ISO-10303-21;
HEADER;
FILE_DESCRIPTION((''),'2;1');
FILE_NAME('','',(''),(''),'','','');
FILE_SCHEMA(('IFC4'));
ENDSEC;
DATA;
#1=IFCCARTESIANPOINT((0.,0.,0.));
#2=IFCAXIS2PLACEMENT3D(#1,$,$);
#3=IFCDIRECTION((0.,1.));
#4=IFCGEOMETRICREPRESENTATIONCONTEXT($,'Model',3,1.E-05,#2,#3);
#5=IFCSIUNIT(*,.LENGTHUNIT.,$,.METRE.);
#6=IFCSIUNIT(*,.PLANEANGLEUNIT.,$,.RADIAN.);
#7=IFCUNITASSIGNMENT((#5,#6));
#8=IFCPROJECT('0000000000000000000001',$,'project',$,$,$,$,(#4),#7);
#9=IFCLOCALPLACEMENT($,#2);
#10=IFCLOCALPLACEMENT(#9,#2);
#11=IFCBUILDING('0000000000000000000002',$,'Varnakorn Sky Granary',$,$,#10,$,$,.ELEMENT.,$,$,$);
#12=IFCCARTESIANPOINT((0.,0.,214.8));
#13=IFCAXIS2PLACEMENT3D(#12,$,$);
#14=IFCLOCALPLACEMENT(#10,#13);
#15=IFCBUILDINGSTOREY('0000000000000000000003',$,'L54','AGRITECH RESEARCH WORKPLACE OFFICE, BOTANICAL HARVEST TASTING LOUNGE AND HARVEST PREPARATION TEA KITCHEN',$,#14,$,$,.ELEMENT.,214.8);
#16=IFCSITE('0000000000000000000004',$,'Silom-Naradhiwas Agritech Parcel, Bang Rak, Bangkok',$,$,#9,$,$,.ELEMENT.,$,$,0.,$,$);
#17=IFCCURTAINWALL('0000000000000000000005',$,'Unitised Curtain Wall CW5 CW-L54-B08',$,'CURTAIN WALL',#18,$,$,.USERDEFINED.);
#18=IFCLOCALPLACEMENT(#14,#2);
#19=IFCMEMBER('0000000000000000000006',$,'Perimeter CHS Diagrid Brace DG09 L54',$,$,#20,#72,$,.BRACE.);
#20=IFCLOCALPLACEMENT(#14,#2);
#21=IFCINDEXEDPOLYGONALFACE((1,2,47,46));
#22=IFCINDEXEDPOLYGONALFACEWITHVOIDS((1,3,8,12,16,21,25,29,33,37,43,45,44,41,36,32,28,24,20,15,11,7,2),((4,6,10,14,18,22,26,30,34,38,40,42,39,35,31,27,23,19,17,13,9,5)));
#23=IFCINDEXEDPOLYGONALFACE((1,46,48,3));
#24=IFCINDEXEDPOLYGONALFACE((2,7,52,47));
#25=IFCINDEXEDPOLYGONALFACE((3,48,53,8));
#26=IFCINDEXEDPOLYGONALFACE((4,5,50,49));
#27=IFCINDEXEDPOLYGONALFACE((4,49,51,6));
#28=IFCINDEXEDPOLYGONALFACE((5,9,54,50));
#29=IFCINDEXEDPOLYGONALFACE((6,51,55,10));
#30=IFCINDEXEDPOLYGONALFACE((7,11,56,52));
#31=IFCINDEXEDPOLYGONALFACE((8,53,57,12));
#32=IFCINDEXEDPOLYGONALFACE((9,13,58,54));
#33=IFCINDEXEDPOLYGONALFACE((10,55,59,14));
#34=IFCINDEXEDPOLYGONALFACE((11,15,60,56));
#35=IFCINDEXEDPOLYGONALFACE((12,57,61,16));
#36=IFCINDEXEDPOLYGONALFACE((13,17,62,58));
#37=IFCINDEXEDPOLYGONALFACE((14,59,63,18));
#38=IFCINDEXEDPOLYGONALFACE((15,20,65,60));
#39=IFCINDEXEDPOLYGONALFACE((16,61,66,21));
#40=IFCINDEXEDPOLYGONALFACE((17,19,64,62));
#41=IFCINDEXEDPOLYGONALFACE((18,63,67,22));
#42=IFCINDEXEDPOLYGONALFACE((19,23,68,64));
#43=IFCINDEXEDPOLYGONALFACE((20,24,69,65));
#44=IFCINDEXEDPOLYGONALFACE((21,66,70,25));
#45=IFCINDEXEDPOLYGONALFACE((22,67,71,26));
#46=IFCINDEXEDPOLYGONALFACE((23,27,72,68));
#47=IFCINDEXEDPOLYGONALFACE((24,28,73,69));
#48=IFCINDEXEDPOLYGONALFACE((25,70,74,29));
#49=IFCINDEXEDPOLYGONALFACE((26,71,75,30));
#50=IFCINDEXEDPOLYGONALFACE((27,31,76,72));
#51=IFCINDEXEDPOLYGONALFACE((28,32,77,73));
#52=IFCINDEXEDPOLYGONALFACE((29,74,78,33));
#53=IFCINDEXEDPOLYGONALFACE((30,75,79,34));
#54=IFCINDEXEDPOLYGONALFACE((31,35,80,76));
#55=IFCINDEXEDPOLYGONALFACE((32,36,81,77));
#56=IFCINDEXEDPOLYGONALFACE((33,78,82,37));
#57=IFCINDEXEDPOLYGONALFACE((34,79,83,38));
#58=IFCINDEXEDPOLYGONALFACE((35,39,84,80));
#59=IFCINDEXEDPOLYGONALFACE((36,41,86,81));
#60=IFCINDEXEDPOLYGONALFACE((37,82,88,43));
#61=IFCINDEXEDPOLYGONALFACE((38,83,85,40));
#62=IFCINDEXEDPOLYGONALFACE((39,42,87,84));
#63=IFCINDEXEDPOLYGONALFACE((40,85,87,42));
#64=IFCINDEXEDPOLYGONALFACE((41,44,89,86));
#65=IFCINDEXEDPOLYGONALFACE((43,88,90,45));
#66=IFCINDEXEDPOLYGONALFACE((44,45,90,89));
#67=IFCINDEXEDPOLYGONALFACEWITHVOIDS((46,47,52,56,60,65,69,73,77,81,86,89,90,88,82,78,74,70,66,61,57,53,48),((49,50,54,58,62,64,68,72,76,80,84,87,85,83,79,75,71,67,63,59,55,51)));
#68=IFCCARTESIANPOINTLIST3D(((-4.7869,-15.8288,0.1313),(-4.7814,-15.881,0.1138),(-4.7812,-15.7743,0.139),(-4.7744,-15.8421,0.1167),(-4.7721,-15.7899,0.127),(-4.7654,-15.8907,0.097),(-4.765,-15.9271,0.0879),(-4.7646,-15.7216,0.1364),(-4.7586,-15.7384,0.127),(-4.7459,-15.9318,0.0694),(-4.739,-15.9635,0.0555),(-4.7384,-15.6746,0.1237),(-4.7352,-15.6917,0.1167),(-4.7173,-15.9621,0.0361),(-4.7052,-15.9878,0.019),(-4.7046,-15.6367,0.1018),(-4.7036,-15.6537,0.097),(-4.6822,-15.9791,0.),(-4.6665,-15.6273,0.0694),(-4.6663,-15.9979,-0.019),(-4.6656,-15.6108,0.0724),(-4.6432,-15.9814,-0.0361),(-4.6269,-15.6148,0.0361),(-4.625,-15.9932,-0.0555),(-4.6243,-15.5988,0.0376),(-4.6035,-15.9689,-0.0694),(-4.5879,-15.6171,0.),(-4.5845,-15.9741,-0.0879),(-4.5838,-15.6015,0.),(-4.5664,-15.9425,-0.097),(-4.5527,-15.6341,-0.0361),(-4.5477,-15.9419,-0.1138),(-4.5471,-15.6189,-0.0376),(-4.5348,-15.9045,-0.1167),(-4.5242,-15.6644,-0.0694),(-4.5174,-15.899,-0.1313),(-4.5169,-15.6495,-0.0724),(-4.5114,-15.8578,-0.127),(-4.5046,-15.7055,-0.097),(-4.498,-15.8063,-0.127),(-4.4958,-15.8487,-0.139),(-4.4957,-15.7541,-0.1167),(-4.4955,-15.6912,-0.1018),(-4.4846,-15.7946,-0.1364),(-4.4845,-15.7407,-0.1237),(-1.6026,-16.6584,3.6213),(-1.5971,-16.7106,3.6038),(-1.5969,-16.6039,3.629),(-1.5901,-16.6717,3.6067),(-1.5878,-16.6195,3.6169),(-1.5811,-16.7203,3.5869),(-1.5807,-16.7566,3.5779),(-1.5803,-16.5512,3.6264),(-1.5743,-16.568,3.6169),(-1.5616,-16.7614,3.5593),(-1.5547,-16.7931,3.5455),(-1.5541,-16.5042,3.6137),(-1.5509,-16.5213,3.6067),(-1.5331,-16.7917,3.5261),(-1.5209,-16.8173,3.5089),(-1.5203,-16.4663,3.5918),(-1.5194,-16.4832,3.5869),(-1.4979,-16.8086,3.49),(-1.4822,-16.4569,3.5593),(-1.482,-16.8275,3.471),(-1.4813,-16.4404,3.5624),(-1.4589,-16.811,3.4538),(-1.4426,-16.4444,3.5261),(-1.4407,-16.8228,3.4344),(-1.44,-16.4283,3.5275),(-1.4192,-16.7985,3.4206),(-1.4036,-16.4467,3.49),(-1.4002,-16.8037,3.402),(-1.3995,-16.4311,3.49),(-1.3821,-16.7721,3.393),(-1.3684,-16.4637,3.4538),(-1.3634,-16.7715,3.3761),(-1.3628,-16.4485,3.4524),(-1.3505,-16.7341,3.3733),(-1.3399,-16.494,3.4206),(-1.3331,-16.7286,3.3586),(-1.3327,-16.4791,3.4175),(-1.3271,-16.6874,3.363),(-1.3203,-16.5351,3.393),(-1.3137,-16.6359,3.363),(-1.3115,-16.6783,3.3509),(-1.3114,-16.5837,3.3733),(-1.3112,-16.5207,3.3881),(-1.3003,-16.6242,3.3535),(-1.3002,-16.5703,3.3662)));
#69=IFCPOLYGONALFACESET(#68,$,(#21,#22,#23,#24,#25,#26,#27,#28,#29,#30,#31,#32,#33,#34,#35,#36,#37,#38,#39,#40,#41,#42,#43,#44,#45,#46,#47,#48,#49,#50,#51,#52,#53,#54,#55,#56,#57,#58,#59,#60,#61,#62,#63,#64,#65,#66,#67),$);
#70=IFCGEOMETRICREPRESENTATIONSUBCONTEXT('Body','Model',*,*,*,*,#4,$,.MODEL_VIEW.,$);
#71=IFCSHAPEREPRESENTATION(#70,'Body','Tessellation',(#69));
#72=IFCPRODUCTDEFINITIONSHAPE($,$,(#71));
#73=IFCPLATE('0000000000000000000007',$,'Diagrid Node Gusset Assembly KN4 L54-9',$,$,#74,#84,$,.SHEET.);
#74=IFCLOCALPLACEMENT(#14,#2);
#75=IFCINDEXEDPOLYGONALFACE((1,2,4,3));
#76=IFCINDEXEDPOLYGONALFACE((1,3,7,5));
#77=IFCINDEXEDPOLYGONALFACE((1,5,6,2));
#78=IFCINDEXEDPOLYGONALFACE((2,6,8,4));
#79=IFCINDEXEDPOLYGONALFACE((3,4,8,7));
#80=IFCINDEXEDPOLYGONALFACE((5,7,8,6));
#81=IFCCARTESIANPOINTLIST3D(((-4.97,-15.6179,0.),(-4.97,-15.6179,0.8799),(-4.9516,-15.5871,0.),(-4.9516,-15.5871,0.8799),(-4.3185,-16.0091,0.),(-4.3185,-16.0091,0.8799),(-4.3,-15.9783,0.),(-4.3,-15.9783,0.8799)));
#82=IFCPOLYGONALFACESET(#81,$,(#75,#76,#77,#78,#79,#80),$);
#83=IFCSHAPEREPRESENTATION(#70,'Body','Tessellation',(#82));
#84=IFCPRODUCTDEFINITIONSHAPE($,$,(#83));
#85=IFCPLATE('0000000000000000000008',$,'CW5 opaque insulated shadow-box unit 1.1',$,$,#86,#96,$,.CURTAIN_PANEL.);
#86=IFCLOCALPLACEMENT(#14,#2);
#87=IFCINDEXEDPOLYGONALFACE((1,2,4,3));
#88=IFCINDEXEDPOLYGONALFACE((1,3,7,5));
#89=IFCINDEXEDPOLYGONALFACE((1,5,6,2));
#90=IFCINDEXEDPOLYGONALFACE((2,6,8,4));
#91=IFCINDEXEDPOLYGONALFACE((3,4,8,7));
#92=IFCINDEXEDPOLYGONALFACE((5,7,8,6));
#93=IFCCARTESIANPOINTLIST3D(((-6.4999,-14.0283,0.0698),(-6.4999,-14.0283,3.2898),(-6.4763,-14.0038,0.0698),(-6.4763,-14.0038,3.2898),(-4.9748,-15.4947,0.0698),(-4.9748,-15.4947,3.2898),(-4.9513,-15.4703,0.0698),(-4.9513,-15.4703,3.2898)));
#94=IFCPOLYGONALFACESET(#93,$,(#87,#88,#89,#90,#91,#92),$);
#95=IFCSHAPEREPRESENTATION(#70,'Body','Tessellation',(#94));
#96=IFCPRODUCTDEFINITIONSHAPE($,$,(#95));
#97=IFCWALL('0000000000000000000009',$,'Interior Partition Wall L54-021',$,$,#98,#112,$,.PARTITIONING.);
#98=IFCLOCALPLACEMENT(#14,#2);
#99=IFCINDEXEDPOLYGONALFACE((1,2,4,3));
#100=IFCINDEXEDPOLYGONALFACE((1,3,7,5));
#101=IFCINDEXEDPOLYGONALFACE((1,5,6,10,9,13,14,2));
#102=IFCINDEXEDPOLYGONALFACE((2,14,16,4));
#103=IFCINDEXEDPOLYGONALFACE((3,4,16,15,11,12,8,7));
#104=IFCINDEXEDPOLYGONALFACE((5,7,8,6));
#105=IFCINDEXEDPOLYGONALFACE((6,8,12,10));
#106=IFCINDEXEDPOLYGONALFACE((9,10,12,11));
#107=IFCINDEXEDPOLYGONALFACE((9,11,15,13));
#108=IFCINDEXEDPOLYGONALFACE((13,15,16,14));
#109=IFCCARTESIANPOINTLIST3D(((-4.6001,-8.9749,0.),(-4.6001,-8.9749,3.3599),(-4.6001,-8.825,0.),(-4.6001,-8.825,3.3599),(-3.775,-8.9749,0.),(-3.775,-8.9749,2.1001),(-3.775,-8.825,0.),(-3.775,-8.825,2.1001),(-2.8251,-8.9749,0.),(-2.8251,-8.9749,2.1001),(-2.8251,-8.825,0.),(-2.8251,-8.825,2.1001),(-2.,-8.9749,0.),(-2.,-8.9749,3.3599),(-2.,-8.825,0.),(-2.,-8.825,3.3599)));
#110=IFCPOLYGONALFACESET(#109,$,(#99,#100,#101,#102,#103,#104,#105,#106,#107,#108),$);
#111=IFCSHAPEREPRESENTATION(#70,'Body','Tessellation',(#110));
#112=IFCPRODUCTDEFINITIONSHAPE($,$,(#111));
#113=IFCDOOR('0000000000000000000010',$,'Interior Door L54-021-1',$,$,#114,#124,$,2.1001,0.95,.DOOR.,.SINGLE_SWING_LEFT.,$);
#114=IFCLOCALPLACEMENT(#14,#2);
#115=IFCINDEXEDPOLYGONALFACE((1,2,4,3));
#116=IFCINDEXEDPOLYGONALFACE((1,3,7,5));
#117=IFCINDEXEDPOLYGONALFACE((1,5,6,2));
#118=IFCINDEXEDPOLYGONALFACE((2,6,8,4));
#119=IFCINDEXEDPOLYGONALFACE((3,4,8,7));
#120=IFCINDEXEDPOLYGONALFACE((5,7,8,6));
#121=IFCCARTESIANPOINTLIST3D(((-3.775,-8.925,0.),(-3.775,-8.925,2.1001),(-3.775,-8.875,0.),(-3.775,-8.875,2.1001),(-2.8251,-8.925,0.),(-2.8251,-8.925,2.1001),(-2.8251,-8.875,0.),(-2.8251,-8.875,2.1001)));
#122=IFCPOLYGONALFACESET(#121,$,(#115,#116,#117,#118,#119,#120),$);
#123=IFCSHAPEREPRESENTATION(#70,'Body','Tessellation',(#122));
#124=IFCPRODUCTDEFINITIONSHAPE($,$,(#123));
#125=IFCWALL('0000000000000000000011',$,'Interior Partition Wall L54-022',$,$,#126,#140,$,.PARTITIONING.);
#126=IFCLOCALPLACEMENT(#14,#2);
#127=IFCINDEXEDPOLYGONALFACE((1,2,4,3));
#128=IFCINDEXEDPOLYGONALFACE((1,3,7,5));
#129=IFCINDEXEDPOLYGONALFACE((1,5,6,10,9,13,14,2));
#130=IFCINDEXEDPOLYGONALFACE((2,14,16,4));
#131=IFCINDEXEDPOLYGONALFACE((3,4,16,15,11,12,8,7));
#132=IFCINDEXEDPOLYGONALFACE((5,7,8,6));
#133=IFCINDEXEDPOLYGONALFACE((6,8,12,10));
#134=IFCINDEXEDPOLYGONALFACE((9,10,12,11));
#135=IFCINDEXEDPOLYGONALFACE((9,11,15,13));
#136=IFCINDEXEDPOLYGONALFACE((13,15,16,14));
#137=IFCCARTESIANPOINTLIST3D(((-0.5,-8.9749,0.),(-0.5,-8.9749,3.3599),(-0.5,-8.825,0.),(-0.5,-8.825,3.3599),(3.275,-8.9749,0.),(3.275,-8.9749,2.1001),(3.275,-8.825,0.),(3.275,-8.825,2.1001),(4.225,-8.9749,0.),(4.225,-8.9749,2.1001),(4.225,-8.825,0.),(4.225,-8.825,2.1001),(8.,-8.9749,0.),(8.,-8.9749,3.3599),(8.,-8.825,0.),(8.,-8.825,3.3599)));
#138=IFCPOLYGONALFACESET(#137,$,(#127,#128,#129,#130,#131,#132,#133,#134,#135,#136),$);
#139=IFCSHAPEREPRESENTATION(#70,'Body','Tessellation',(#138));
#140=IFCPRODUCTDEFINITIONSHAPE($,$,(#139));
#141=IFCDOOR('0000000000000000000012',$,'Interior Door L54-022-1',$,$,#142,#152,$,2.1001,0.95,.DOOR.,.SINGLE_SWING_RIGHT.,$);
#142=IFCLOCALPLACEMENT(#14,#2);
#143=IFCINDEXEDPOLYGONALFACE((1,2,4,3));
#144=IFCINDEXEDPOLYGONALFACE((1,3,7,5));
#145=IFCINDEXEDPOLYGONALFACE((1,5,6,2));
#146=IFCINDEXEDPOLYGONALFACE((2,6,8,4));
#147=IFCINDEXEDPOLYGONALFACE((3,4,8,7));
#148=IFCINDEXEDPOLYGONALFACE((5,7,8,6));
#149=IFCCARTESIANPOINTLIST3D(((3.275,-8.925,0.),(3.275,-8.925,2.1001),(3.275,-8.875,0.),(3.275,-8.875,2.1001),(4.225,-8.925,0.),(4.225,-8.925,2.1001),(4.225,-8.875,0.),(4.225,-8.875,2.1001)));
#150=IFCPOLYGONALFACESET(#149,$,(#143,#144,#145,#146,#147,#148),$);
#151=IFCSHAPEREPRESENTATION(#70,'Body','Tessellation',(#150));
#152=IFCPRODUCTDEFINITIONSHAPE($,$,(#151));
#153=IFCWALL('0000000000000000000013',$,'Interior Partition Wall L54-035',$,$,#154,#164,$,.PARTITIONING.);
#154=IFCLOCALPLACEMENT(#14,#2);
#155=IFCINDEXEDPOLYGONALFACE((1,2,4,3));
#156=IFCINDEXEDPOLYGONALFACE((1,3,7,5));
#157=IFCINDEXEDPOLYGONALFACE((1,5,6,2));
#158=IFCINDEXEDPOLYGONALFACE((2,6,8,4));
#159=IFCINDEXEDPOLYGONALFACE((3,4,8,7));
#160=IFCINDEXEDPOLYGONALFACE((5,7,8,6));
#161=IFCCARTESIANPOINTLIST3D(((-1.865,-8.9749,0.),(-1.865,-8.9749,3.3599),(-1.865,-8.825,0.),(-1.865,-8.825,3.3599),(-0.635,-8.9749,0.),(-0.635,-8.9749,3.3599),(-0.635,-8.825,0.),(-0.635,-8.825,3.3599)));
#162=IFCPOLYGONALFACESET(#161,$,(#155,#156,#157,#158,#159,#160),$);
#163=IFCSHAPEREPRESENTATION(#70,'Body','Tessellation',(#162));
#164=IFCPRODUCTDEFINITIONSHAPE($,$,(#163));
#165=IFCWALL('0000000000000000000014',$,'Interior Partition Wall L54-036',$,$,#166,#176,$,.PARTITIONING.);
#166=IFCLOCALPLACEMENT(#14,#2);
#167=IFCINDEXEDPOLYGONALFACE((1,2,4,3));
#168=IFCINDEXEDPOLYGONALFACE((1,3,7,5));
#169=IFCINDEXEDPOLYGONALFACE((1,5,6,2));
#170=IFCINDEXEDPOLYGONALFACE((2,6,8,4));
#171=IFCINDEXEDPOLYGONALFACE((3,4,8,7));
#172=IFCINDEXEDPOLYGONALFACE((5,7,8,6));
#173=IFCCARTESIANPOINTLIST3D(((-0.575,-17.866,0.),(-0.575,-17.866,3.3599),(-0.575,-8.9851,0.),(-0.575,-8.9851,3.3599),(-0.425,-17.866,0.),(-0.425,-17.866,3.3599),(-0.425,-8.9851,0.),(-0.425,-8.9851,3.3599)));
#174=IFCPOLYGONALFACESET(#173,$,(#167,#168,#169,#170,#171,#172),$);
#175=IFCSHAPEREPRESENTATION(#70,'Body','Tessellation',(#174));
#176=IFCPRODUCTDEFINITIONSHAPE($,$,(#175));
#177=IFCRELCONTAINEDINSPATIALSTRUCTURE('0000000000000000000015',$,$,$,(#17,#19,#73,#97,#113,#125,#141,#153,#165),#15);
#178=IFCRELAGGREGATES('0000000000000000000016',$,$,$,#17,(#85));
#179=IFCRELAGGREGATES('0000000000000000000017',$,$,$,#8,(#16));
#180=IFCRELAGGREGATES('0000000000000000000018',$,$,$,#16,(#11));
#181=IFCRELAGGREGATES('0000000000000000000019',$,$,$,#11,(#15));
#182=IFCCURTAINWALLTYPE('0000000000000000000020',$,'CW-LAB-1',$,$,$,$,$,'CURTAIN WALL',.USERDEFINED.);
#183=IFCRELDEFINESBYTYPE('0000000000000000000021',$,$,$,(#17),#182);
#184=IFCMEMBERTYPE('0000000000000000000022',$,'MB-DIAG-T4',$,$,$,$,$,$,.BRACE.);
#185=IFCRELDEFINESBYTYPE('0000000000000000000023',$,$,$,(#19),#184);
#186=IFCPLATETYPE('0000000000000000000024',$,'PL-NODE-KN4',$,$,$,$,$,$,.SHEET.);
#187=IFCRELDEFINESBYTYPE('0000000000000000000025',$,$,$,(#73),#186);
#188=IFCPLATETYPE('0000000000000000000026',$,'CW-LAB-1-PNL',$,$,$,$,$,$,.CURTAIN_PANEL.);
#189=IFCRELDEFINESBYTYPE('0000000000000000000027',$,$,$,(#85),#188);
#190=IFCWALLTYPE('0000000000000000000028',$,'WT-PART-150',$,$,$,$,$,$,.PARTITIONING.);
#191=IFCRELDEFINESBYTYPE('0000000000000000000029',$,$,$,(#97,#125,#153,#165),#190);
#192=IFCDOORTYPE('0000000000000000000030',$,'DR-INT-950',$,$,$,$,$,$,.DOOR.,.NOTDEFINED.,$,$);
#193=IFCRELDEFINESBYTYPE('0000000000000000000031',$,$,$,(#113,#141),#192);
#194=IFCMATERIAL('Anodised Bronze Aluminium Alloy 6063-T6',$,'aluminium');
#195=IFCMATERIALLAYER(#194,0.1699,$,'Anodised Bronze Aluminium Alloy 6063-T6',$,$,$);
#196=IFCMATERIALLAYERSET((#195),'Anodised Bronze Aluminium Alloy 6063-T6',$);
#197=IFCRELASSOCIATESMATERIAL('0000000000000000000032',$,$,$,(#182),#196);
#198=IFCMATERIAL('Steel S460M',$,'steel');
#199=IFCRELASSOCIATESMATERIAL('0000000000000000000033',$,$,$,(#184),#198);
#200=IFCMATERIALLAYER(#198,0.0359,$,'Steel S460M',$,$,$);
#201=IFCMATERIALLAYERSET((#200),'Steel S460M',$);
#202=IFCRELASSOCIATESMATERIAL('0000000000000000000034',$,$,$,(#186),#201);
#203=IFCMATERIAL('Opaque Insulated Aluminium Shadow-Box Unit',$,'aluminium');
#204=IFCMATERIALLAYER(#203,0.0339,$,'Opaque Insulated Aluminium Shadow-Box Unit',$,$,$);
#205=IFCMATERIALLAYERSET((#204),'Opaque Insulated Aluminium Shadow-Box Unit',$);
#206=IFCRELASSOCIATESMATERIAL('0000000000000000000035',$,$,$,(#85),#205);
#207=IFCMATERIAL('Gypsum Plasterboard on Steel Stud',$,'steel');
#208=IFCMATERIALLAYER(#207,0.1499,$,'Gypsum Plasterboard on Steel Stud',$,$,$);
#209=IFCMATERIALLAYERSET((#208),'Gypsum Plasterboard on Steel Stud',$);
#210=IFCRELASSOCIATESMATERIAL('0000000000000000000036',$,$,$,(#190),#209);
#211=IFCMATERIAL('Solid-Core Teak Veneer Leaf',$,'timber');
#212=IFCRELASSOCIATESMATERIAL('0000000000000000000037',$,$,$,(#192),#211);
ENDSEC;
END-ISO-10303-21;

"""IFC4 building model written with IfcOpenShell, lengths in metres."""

from ifc_helpers import new_model, si_unit, direction, frame, frame_2d, origin, origin_2d, place, context, subcontext, project, spatial, rectangle, hollow_circle, extrude, source, transform, mapped, material, layer, layer_set, material_profile, profile_set, type_object, type_shapes, element, fill, aggregate, save


model = new_model("IFC4")

# Units and contexts
model_context = context("Model", 3, precision=1e-05, world=origin(), true_north=direction((0.0, 1.0)))
body_context = subcontext(model_context, "Body", "Model", "MODEL_VIEW")
ifc_project = project(units=[si_unit("LENGTHUNIT", "METRE"), si_unit("PLANEANGLEUNIT", "RADIAN")], contexts=[model_context])

# Site, building, storey
site_placement = place(None, origin())
site = spatial("IfcSite", under=ifc_project, at=site_placement, Name="Silom-Naradhiwas Agritech Parcel, Bang Rak, Bangkok", CompositionType="ELEMENT", RefElevation=0.0)
building_placement = place(site_placement, origin())
building = spatial("IfcBuilding", under=site, at=building_placement, Name="Varnakorn Sky Granary", CompositionType="ELEMENT")
storey_placement = place(building_placement, frame((0.0, 0.0, 214.8)))
storey = spatial("IfcBuildingStorey", under=building, at=storey_placement, Name="L54", Description="AGRITECH RESEARCH WORKPLACE OFFICE, BOTANICAL HARVEST TASTING LOUNGE AND HARVEST PREPARATION TEA KITCHEN", CompositionType="ELEMENT", Elevation=214.8)

# Shared definitions
ifc_material_1 = material(Name="Steel S460M", Category="steel")

# Curtain wall
ifc_material_2 = material(Name="Anodised Bronze Aluminium Alloy 6063-T6", Category="aluminium")
ifc_layer_1 = layer(ifc_material_2, 0.1699, Name="Anodised Bronze Aluminium Alloy 6063-T6")
ifc_layer_set_1 = layer_set([ifc_layer_1], Name="Anodised Bronze Aluminium Alloy 6063-T6")
curtain_wall_type = type_object("IfcCurtainWallType", Name="CW-LAB-1", ElementType="CURTAIN WALL", PredefinedType="USERDEFINED", material=ifc_layer_set_1)
curtain_wall_placement = place(storey_placement, origin())
curtain_wall = element("IfcCurtainWall", 1, at=curtain_wall_placement, inside=storey, type_object=curtain_wall_type, Name="Unitised Curtain Wall CW5 CW-L54-B08", ObjectType="CURTAIN WALL", PredefinedType="USERDEFINED")

# Member
ifc_material_profile_1 = material_profile(ifc_material_1, hollow_circle(Radius=0.2031, WallThickness=0.0161, at=origin_2d()), Name="CHS 406.4x16")
ifc_profile_set_1 = profile_set([ifc_material_profile_1], Name="Steel S460M")
member_type_1 = type_object("IfcMemberType", Name="MB-DIAG-T4", PredefinedType="BRACE", material=ifc_profile_set_1)
member_1_placement = place(storey_placement, frame((-4.635, -15.7981, 0.0), z_axis=(0.66386, -0.172951, 0.727584), x_axis=(0.252108, 0.967699, 0.0)))
element("IfcMember", 2, at=member_1_placement, inside=storey, type_object=member_type_1, Name="Perimeter CHS Diagrid Brace DG09 L54", PredefinedType="BRACE", context=body_context, shape_type="SweptSolid", body=[
    extrude(hollow_circle(Radius=0.2031, WallThickness=0.0161, at=origin_2d()), origin(), (0.0, 0.0, 1.0), 4.7966),
])

# Plates
ifc_layer_2 = layer(ifc_material_1, 0.0359, Name="Steel S460M")
ifc_layer_set_2 = layer_set([ifc_layer_2], Name="Steel S460M")
plate_type_1 = type_object("IfcPlateType", Name="PL-NODE-KN4", PredefinedType="SHEET", material=ifc_layer_set_2)
plate_1_placement = place(storey_placement, frame((-4.635, -15.7981, 0.0), z_axis=(0.0, 0.0, 1.0), x_axis=(0.857344, -0.514743, 0.0)))
element("IfcPlate", 3, at=plate_1_placement, inside=storey, type_object=plate_type_1, Name="Diagrid Node Gusset Assembly KN4 L54-9", PredefinedType="SHEET", context=body_context, shape_type="SweptSolid", body=[
    extrude(rectangle(XDim=0.76, YDim=0.0359, at=origin_2d()), origin(), (0.0, 0.0, 1.0), 0.8799),
])
ifc_material_3 = material(Name="Opaque Insulated Aluminium Shadow-Box Unit", Category="aluminium")
ifc_layer_3 = layer(ifc_material_3, 0.0339, Name="Opaque Insulated Aluminium Shadow-Box Unit")
ifc_layer_set_3 = layer_set([ifc_layer_3], Name="Opaque Insulated Aluminium Shadow-Box Unit")
plate_type_2 = type_object("IfcPlateType", Name="CW-LAB-1-PNL", PredefinedType="CURTAIN_PANEL")
shared_shape_1 = source(origin(), body_context, "Body", "SweptSolid", [
    extrude(rectangle(XDim=2.1157, YDim=0.0339, at=origin_2d()), origin(), (0.0, 0.0, 1.0), 3.22),
])
type_shapes(plate_type_2, [shared_shape_1])
plate_2_placement = place(storey_placement, frame((-5.7256, -14.7493, 0.0698), z_axis=(0.0, 0.0, 1.0), x_axis=(-0.720803, 0.69314, 0.0)))
plate_2 = element("IfcPlate", 4, at=plate_2_placement, type_object=plate_type_2, material=ifc_layer_set_3, Name="CW5 opaque insulated shadow-box unit 1.1", PredefinedType="CURTAIN_PANEL", context=body_context, shape_type="MappedRepresentation", body=[
    mapped(shared_shape_1, transform((0.0, 0.0, 0.0), x_axis=(1.0, 0.0, 0.0), y_axis=(0.0, 1.0, 0.0), z_axis=(0.0, 0.0, 1.0), scale=1.0)),
])
aggregate(curtain_wall, [plate_2])

# Walls, openings, doors
ifc_material_4 = material(Name="Gypsum Plasterboard on Steel Stud", Category="steel")
ifc_layer_4 = layer(ifc_material_4, 0.1499, Name="Gypsum Plasterboard on Steel Stud")
ifc_layer_set_4 = layer_set([ifc_layer_4], Name="Gypsum Plasterboard on Steel Stud")
wall_type_1 = type_object("IfcWallType", Name="WT-PART-150", PredefinedType="PARTITIONING", material=ifc_layer_set_4)
wall_1_placement = place(storey_placement, frame((-4.6001, -8.8999, 0.0), z_axis=(0.0, 0.0, 1.0), x_axis=(1.0, 0.0, 0.0)))
wall_1 = element("IfcWall", 5, at=wall_1_placement, inside=storey, type_object=wall_type_1, Name="Interior Partition Wall L54-021", PredefinedType="PARTITIONING", context=body_context, shape_type="SweptSolid", body=[
    extrude(rectangle(XDim=2.6001, YDim=0.1499, at=frame_2d((1.3, 0.0))), origin(), (0.0, 0.0, 1.0), 3.3599),
])
opening_1_placement = place(wall_1_placement, frame((0.825, 0.0, 0.0)))
opening_1 = element("IfcOpeningElement", 6, at=opening_1_placement, cuts=wall_1, PredefinedType="OPENING", context=body_context, shape_type="SweptSolid", body=[
    extrude(rectangle(XDim=0.95, YDim=2.1001, at=frame_2d((0.4751, 1.05))), frame((0.0, 0.085, 0.0), z_axis=(0.0, -1.0, 0.0), x_axis=(1.0, 0.0, 0.0)), (0.0, 0.0, 1.0), 0.1699),
])
ifc_material_5 = material(Name="Solid-Core Teak Veneer Leaf", Category="timber")
door_type = type_object("IfcDoorType", Name="DR-INT-950", OperationType="NOTDEFINED", PredefinedType="DOOR", material=ifc_material_5)
door_1_placement = place(opening_1_placement, origin())
door_1 = element("IfcDoor", 7, at=door_1_placement, inside=storey, type_object=door_type, Name="Interior Door L54-021-1", OperationType="SINGLE_SWING_LEFT", OverallHeight=2.1001, OverallWidth=0.95, PredefinedType="DOOR", context=body_context, shape_type="SweptSolid", body=[
    extrude(rectangle(XDim=0.95, YDim=2.1001, at=frame_2d((0.4751, 1.05))), frame((0.0, 0.0249, 0.0), z_axis=(0.0, -1.0, 0.0), x_axis=(1.0, 0.0, 0.0)), (0.0, 0.0, 1.0), 0.05),
])
fill(opening_1, door_1)
wall_2_placement = place(storey_placement, frame((-0.5, -8.8999, 0.0), z_axis=(0.0, 0.0, 1.0), x_axis=(1.0, 0.0, 0.0)))
wall_2 = element("IfcWall", 8, at=wall_2_placement, inside=storey, type_object=wall_type_1, Name="Interior Partition Wall L54-022", PredefinedType="PARTITIONING", context=body_context, shape_type="SweptSolid", body=[
    extrude(rectangle(XDim=8.5, YDim=0.1499, at=frame_2d((4.25, 0.0))), origin(), (0.0, 0.0, 1.0), 3.3599),
])
opening_2_placement = place(wall_2_placement, frame((3.7749, 0.0, 0.0)))
opening_2 = element("IfcOpeningElement", 9, at=opening_2_placement, cuts=wall_2, PredefinedType="OPENING", context=body_context, shape_type="SweptSolid", body=[
    extrude(rectangle(XDim=0.95, YDim=2.1001, at=frame_2d((0.4751, 1.05))), frame((0.0, 0.085, 0.0), z_axis=(0.0, -1.0, 0.0), x_axis=(1.0, 0.0, 0.0)), (0.0, 0.0, 1.0), 0.1699),
])
door_2_placement = place(opening_2_placement, origin())
door_2 = element("IfcDoor", 10, at=door_2_placement, inside=storey, type_object=door_type, Name="Interior Door L54-022-1", OperationType="SINGLE_SWING_RIGHT", OverallHeight=2.1001, OverallWidth=0.95, PredefinedType="DOOR", context=body_context, shape_type="SweptSolid", body=[
    extrude(rectangle(XDim=0.95, YDim=2.1001, at=frame_2d((0.4751, 1.05))), frame((0.0, 0.0249, 0.0), z_axis=(0.0, -1.0, 0.0), x_axis=(1.0, 0.0, 0.0)), (0.0, 0.0, 1.0), 0.05),
])
fill(opening_2, door_2)

# Walls
wall_3_placement = place(storey_placement, frame((-1.865, -8.8999, 0.0), z_axis=(0.0, 0.0, 1.0), x_axis=(1.0, 0.0, 0.0)))
element("IfcWall", 11, at=wall_3_placement, inside=storey, type_object=wall_type_1, Name="Interior Partition Wall L54-035", PredefinedType="PARTITIONING", context=body_context, shape_type="SweptSolid", body=[
    extrude(rectangle(XDim=1.23, YDim=0.1499, at=frame_2d((0.615, 0.0))), origin(), (0.0, 0.0, 1.0), 3.3599),
])
wall_4_placement = place(storey_placement, frame((-0.5, -8.9851, 0.0), z_axis=(0.0, 0.0, 1.0), x_axis=(0.0, -1.0, 0.0)))
element("IfcWall", 12, at=wall_4_placement, inside=storey, type_object=wall_type_1, Name="Interior Partition Wall L54-036", PredefinedType="PARTITIONING", context=body_context, shape_type="SweptSolid", body=[
    extrude(rectangle(XDim=8.8809, YDim=0.1499, at=frame_2d((4.4404, 0.0))), origin(), (0.0, 0.0, 1.0), 3.3599),
])

save(model, "model.ifc")
